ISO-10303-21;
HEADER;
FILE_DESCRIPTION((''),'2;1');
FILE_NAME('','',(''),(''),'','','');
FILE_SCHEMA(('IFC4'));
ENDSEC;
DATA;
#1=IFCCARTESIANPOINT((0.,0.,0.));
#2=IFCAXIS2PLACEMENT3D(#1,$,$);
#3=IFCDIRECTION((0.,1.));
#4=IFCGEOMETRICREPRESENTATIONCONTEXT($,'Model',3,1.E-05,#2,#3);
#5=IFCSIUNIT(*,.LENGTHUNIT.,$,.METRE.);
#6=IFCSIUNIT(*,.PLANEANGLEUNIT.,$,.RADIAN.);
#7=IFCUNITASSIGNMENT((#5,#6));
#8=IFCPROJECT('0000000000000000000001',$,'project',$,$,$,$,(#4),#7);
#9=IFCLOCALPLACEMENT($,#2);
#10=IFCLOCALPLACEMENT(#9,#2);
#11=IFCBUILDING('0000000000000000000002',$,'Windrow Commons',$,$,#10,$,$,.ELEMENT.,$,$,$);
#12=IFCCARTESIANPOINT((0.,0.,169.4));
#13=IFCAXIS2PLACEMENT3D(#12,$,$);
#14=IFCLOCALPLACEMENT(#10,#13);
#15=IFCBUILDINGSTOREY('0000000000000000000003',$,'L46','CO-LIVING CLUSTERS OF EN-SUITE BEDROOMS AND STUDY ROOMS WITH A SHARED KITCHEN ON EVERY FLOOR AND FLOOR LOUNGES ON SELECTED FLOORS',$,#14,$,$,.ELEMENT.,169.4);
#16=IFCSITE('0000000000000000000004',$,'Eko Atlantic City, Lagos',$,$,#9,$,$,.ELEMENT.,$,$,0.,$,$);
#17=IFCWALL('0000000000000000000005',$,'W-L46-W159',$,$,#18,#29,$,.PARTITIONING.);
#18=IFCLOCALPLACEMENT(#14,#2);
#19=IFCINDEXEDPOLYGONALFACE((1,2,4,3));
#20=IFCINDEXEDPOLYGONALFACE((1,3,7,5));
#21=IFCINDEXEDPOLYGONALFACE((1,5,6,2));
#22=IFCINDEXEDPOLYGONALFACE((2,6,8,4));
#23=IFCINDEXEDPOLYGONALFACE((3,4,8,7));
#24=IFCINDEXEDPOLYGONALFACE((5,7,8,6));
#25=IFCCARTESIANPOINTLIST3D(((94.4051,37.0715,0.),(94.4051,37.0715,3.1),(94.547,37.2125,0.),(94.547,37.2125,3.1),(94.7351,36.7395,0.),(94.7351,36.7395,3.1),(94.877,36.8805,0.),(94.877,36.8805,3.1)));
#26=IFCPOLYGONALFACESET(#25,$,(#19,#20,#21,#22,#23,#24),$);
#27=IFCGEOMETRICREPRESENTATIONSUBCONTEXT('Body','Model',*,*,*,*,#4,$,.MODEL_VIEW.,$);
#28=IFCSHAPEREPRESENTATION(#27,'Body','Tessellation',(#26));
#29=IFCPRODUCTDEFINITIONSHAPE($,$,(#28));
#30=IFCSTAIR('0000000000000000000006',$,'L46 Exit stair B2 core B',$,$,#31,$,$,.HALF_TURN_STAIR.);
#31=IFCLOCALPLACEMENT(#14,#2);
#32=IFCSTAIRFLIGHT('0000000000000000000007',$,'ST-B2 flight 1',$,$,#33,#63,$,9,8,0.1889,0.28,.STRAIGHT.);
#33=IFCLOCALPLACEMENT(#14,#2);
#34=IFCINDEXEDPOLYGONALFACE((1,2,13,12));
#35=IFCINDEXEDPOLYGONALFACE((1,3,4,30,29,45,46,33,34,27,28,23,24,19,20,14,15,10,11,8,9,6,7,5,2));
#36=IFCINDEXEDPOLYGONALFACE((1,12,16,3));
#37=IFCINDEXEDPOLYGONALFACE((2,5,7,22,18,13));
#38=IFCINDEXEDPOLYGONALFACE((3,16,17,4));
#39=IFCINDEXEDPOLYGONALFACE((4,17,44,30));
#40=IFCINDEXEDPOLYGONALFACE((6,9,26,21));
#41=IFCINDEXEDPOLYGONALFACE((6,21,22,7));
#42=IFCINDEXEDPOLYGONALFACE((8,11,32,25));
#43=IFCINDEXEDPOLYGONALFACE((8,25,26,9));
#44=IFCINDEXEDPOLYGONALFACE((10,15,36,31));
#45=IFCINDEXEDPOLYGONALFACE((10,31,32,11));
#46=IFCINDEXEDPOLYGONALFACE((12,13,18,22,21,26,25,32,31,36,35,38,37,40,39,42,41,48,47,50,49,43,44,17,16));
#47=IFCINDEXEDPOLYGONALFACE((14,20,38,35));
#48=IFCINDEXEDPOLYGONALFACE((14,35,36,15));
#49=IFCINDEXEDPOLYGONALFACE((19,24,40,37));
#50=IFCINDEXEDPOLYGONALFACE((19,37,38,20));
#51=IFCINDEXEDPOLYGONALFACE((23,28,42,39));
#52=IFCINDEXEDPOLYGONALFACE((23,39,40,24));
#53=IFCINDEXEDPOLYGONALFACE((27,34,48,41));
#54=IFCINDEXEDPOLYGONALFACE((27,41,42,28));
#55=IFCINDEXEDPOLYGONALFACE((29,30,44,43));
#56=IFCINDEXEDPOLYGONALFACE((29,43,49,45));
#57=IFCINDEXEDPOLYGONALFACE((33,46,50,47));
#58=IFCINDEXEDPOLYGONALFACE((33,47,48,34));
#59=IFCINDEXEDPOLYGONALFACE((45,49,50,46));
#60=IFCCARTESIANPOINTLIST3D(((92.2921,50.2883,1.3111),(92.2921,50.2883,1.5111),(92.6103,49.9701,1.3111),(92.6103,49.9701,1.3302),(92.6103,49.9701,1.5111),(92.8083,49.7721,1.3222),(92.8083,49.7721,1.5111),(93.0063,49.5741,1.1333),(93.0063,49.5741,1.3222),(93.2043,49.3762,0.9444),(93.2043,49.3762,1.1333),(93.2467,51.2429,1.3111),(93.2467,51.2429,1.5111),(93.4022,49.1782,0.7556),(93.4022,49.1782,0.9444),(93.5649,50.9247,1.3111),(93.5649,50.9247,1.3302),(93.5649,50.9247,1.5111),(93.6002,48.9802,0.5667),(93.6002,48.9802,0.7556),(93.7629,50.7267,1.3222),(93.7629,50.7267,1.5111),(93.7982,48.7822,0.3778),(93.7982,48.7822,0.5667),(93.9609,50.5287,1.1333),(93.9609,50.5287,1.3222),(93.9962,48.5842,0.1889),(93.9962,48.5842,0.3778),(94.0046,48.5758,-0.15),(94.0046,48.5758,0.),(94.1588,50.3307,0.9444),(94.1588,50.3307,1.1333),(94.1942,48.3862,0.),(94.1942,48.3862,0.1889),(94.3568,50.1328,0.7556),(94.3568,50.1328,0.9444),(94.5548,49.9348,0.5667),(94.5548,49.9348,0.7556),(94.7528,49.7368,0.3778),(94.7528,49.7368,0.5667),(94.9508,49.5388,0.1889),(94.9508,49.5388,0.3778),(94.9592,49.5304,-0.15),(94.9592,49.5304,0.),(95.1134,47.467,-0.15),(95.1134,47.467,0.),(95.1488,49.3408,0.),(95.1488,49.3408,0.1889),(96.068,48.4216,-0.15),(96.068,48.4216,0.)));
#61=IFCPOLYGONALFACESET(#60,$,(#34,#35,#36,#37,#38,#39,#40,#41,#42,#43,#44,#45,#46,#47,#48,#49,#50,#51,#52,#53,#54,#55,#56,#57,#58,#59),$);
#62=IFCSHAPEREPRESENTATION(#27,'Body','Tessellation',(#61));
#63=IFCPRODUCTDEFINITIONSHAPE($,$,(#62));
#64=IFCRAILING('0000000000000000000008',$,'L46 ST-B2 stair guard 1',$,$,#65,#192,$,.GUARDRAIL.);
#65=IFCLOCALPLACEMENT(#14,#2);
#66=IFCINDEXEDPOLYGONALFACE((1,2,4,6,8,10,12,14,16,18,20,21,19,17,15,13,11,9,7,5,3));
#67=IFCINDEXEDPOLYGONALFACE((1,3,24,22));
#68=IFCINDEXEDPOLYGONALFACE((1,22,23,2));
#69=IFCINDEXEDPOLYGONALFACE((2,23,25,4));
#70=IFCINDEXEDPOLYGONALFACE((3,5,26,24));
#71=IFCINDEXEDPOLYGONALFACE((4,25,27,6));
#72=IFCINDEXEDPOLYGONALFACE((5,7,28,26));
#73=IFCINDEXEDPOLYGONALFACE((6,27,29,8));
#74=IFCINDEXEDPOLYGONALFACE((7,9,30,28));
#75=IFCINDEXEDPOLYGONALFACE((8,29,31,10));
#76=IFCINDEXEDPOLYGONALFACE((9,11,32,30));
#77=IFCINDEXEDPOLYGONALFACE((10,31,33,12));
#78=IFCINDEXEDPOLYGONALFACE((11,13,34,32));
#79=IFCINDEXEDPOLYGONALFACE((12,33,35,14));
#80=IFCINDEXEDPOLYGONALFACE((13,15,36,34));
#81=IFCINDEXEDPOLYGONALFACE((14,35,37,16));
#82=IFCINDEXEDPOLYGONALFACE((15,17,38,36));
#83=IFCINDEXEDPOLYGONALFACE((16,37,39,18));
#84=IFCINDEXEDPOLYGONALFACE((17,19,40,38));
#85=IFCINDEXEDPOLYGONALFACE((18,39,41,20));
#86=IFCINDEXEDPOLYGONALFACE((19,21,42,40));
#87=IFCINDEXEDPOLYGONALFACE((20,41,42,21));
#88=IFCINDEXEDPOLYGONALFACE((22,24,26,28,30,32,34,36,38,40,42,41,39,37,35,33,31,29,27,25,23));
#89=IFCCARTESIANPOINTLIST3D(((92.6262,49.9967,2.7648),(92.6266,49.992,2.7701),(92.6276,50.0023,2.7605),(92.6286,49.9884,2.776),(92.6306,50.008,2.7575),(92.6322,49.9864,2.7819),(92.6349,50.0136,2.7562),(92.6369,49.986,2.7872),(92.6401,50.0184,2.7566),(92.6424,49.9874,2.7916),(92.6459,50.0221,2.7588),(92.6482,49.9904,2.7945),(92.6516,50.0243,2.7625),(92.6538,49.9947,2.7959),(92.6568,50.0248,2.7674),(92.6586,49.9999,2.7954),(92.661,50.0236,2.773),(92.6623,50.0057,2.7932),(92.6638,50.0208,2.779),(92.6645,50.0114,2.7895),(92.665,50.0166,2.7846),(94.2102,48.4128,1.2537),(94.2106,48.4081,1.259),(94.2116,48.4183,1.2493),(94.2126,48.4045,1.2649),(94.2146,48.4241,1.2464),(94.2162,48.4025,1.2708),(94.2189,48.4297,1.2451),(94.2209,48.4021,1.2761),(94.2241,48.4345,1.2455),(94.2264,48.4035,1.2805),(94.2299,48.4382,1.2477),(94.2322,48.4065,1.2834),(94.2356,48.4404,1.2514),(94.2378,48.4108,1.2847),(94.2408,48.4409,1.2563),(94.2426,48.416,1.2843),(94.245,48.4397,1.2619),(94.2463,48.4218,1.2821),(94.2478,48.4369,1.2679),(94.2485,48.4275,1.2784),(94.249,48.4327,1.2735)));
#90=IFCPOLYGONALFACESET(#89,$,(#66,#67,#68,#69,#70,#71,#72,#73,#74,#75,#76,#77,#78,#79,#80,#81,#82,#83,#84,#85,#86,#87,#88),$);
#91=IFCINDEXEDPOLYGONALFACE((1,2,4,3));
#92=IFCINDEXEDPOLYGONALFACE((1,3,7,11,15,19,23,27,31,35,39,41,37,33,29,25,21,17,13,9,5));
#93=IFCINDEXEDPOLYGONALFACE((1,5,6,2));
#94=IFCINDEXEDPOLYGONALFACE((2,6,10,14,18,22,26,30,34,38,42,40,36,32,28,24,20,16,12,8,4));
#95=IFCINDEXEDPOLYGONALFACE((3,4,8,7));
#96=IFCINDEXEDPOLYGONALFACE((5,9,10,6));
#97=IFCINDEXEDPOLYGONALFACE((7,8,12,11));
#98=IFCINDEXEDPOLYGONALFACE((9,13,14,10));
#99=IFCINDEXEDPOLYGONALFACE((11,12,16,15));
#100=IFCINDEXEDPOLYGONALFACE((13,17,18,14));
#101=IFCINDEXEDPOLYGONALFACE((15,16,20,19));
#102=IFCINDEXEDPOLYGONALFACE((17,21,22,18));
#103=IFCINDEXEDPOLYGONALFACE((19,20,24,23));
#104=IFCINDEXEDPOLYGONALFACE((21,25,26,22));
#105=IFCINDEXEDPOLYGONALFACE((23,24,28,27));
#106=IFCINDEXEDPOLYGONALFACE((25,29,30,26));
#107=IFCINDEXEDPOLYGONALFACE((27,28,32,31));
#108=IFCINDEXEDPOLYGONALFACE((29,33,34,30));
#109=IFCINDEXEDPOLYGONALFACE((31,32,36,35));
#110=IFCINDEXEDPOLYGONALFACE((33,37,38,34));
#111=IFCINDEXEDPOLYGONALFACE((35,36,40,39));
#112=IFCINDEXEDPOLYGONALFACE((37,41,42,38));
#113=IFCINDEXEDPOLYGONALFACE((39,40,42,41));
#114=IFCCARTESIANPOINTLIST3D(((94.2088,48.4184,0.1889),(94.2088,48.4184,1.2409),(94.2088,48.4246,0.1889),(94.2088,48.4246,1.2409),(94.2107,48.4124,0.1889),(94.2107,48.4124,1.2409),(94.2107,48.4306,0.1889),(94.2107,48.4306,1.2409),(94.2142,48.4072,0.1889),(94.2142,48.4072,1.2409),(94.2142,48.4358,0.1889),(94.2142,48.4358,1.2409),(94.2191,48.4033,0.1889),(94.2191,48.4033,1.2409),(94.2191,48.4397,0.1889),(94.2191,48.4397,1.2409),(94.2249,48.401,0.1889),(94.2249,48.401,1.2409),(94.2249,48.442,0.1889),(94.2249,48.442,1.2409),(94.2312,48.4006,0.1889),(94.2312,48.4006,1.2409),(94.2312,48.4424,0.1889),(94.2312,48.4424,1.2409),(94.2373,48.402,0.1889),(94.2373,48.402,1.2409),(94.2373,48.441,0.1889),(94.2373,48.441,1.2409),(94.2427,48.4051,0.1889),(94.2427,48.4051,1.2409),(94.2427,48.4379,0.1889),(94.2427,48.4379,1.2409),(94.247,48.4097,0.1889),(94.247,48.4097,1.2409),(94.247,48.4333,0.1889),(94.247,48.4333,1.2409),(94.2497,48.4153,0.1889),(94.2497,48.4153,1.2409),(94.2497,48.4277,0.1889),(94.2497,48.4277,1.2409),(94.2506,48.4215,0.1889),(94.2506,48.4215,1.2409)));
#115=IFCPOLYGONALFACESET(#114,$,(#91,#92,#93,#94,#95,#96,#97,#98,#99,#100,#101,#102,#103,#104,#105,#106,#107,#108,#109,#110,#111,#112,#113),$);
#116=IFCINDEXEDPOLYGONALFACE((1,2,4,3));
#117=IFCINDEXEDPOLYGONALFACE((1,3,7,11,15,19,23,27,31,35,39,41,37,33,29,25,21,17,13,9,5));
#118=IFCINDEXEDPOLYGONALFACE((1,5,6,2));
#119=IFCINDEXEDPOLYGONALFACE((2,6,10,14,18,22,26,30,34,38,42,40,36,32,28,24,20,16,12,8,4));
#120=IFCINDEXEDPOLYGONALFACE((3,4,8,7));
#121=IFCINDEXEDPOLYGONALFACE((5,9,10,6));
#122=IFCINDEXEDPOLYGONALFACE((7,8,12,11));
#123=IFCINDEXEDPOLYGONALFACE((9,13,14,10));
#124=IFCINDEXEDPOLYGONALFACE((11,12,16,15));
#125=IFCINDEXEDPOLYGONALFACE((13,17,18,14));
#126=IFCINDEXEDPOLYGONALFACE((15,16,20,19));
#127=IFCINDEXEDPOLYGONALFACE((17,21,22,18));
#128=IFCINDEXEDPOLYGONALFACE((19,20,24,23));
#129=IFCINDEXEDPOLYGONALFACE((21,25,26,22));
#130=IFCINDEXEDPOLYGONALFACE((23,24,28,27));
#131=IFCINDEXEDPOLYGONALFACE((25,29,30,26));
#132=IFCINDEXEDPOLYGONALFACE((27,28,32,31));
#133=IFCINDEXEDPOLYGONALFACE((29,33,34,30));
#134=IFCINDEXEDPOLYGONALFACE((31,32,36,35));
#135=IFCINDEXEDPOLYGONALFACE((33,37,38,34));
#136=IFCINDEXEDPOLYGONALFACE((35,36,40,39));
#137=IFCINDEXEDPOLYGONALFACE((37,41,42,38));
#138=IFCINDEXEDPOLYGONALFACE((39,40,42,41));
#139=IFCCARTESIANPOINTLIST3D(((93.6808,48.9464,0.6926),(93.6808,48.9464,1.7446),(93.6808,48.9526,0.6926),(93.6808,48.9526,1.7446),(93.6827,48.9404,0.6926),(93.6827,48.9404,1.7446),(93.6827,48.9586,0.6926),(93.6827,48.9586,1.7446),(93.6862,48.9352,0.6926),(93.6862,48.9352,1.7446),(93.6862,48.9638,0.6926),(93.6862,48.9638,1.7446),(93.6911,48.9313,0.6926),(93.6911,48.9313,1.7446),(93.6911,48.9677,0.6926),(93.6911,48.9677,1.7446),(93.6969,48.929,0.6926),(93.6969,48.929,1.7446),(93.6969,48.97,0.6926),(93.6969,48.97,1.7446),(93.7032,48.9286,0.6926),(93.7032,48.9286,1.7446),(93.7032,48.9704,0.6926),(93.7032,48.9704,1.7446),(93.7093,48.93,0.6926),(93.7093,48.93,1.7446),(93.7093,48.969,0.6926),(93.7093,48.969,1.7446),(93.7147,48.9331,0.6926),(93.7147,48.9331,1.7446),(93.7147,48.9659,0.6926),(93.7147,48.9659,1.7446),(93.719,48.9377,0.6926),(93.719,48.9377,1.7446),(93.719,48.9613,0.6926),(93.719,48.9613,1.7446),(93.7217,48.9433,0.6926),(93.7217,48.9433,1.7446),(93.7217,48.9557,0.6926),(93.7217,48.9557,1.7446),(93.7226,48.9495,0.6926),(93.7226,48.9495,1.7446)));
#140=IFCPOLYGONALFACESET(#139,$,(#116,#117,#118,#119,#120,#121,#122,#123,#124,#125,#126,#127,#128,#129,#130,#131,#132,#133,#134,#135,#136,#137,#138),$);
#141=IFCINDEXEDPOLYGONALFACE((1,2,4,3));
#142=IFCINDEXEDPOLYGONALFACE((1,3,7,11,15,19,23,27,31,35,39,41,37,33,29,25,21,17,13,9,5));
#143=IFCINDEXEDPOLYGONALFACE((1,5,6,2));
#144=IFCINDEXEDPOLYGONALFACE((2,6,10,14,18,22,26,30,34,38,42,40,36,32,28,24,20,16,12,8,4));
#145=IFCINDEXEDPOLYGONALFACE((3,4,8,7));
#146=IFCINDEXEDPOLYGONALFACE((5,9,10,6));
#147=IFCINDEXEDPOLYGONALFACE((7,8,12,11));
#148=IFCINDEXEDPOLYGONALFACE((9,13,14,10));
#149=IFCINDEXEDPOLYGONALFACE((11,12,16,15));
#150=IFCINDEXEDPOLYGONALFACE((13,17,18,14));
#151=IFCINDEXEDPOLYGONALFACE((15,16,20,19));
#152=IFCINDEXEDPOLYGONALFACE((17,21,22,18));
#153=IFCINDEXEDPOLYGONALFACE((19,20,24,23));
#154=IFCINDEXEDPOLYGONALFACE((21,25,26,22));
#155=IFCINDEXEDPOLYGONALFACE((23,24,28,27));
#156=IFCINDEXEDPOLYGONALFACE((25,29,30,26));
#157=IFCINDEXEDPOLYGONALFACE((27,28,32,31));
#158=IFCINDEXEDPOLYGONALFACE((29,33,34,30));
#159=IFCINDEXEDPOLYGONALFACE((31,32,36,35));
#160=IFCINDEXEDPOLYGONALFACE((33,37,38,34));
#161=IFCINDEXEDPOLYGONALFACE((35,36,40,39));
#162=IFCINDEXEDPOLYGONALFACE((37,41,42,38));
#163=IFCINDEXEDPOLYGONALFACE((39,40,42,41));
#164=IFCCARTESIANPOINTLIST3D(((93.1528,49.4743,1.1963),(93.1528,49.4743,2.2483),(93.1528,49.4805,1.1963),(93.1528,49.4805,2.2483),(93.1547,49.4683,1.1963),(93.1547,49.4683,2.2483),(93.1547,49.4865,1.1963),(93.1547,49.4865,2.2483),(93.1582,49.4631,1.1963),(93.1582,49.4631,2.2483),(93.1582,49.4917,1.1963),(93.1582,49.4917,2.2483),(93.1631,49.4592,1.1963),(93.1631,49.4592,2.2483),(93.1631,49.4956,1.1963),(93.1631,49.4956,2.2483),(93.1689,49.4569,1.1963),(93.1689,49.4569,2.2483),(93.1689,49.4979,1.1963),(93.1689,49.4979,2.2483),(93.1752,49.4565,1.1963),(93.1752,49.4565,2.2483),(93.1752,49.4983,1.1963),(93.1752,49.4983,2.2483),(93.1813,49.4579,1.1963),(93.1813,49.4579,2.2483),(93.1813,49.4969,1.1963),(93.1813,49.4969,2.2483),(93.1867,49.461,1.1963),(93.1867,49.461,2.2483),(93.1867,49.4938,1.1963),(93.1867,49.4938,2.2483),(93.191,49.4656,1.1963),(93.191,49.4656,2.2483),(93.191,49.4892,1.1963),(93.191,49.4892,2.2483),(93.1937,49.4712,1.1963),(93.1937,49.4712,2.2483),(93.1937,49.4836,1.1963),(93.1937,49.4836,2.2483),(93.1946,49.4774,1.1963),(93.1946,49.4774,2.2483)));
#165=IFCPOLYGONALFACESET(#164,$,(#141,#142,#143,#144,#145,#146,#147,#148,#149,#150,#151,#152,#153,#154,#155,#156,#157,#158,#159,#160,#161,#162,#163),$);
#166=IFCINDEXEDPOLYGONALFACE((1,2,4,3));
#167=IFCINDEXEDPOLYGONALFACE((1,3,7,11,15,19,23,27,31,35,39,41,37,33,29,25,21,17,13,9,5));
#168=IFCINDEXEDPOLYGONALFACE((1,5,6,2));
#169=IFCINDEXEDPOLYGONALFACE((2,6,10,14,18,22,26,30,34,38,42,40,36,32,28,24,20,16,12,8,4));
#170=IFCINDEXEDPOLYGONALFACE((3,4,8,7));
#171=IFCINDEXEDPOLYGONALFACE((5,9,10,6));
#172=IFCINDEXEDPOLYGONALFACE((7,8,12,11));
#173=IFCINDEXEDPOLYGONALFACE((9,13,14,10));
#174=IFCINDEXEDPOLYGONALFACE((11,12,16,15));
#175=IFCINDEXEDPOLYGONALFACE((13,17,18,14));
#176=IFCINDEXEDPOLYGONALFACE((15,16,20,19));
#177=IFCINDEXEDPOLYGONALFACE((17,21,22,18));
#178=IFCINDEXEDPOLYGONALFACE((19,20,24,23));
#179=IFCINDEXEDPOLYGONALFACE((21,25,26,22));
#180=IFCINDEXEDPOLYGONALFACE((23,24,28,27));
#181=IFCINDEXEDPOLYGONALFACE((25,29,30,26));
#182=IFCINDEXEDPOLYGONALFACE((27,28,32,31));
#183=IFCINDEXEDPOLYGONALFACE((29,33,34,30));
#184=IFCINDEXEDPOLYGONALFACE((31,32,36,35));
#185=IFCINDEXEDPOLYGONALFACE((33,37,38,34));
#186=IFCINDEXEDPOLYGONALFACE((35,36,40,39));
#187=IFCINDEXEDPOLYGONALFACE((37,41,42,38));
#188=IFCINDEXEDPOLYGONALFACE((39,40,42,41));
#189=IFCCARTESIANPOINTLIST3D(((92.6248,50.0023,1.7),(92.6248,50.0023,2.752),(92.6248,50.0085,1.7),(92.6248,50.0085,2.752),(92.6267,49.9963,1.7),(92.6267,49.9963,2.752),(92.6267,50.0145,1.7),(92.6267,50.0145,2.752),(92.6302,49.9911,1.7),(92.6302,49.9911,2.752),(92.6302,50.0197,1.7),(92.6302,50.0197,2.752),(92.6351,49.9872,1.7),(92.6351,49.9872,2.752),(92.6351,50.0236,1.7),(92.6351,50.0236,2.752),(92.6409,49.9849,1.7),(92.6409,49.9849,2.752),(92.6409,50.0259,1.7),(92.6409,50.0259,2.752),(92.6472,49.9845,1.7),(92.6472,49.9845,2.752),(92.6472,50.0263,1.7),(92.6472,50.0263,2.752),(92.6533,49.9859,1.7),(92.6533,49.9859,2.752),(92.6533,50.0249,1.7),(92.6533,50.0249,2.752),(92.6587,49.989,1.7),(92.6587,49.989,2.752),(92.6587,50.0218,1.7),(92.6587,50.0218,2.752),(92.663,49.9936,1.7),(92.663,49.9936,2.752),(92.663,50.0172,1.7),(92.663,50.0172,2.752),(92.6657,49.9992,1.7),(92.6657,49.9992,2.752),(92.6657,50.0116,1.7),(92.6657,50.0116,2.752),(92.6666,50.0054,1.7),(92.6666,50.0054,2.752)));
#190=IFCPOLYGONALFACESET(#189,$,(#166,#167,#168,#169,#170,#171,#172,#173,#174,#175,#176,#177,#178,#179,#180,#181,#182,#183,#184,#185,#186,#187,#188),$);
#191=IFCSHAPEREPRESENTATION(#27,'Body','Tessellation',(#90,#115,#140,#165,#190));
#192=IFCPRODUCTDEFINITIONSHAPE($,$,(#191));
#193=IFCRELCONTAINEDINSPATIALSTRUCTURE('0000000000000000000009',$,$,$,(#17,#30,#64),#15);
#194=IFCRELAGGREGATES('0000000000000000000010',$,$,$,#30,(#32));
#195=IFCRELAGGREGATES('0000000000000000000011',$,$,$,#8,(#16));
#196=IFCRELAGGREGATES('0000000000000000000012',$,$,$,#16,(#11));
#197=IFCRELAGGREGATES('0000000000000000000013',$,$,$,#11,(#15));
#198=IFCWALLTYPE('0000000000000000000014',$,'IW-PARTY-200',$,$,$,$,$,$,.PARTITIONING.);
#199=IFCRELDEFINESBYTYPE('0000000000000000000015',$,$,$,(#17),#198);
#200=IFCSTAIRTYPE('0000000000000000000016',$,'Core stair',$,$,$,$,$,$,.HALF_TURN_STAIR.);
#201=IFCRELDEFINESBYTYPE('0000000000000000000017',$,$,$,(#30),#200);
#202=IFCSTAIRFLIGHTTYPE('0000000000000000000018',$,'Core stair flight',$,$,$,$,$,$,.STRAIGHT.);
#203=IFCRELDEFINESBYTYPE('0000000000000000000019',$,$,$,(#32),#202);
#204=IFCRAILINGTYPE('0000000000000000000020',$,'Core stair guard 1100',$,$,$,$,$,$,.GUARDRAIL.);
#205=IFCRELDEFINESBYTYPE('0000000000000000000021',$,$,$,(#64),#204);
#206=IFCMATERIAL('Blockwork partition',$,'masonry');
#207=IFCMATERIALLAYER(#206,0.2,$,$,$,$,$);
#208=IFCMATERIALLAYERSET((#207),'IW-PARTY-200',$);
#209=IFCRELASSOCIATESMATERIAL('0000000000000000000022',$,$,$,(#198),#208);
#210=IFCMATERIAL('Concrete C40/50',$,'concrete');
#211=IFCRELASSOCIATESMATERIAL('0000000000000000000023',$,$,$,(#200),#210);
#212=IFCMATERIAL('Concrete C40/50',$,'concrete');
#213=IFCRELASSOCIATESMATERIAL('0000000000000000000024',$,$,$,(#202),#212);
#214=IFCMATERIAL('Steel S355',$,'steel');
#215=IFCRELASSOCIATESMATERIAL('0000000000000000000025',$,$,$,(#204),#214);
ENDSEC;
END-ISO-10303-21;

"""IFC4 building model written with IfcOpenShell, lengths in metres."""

from ifc_helpers import new_model, si_unit, direction, frame, frame_2d, origin, origin_2d, place, context, subcontext, project, spatial, polyline, rectangle, circle, outline, extrude, material, layer, layer_set, type_object, element, aggregate, save


model = new_model("IFC4")

# Units and contexts
model_context = context("Model", 3, precision=1e-05, world=origin(), true_north=direction((0.0, 1.0)))
body_context = subcontext(model_context, "Body", "Model", "MODEL_VIEW")
ifc_project = project(units=[si_unit("LENGTHUNIT", "METRE"), si_unit("PLANEANGLEUNIT", "RADIAN")], contexts=[model_context])

# Site, building, storey
site_placement = place(None, origin())
site = spatial("IfcSite", under=ifc_project, at=site_placement, Name="Eko Atlantic City, Lagos", CompositionType="ELEMENT", RefElevation=0.0)
building_placement = place(site_placement, origin())
building = spatial("IfcBuilding", under=site, at=building_placement, Name="Windrow Commons", CompositionType="ELEMENT")
storey_placement = place(building_placement, frame((0.0, 0.0, 169.4)))
storey = spatial("IfcBuildingStorey", under=building, at=storey_placement, Name="L46", Description="CO-LIVING CLUSTERS OF EN-SUITE BEDROOMS AND STUDY ROOMS WITH A SHARED KITCHEN ON EVERY FLOOR AND FLOOR LOUNGES ON SELECTED FLOORS", CompositionType="ELEMENT", Elevation=169.4)

# Wall
ifc_material_1 = material(Name="Blockwork partition", Category="masonry")
ifc_layer_1 = layer(ifc_material_1, 0.2)
ifc_layer_set_1 = layer_set([ifc_layer_1], Name="IW-PARTY-200")
wall_type_1 = type_object("IfcWallType", Name="IW-PARTY-200", PredefinedType="PARTITIONING", material=ifc_layer_set_1)
wall_1_placement = place(storey_placement, frame((94.476, 37.142, 0.0), z_axis=(0.0, 0.0, 1.0), x_axis=(0.704967, -0.70924, 0.0)))
element("IfcWall", 1, at=wall_1_placement, inside=storey, type_object=wall_type_1, Name="W-L46-W159", PredefinedType="PARTITIONING", context=body_context, shape_type="SweptSolid", body=[
    extrude(rectangle(XDim=0.4681, YDim=0.2, at=frame_2d((0.2341, 0.0))), origin(), (0.0, 0.0, 1.0), 3.1),
])

# Stair, stair flight
ifc_material_2 = material(Name="Concrete C40/50", Category="concrete")
stair_type = type_object("IfcStairType", Name="Core stair", PredefinedType="HALF_TURN_STAIR", material=ifc_material_2)
stair_placement = place(storey_placement, origin())
stair = element("IfcStair", 2, at=stair_placement, inside=storey, type_object=stair_type, Name="L46 Exit stair B2 core B", PredefinedType="HALF_TURN_STAIR")
ifc_material_3 = material(Name="Concrete C40/50", Category="concrete")
stair_flight_type = type_object("IfcStairFlightType", Name="Core stair flight", PredefinedType="STRAIGHT", material=ifc_material_3)
stair_flight_placement = place(storey_placement, frame((94.6715, 48.8635, 0.0), z_axis=(0.0, 0.0, 1.0), x_axis=(-0.707107, 0.707107, 0.0)))
stair_flight = element("IfcStairFlight", 3, at=stair_flight_placement, type_object=stair_flight_type, Name="ST-B2 flight 1", NumberOfRisers=9, NumberOfTreads=8, PredefinedType="STRAIGHT", RiserHeight=0.1889, TreadLength=0.28, context=body_context, shape_type="SweptSolid", body=[
    extrude(outline(polyline([(-1.3, -0.15), (-1.3, 0.0), (0.0, 0.0), (0.0, 0.1889), (0.28, 0.1889), (0.28, 0.3778), (0.56, 0.3778), (0.56, 0.5667), (0.84, 0.5667), (0.84, 0.7556), (1.12, 0.7556), (1.12, 0.9444), (1.4, 0.9444), (1.4, 1.1333), (1.68, 1.1333), (1.68, 1.3222), (1.96, 1.3222), (1.96, 1.5111), (2.24, 1.5111), (2.69, 1.5111), (2.69, 1.3111), (2.24, 1.3111), (2.24, 1.3302), (0.2682, 0.0), (0.2682, -0.15), (-1.3, -0.15)])), frame((0.0, 0.675, 0.0), z_axis=(0.0, -1.0, 0.0), x_axis=(1.0, 0.0, 0.0)), (0.0, 0.0, 1.0), 1.35),
])
aggregate(stair, [stair_flight])

# Railing
ifc_material_4 = material(Name="Steel S355", Category="steel")
railing_type = type_object("IfcRailingType", Name="Core stair guard 1100", PredefinedType="GUARDRAIL", material=ifc_material_4)
railing_placement = place(storey_placement, frame((94.2296, 48.4215, 0.1889)))
element("IfcRailing", 4, at=railing_placement, inside=storey, type_object=railing_type, Name="L46 ST-B2 stair guard 1", PredefinedType="GUARDRAIL", context=body_context, shape_type="SweptSolid", body=[
    extrude(circle(Radius=0.024, at=origin_2d()), frame((0.0, 0.0, 1.076), z_axis=(-0.586216, 0.586179, 0.559237), x_axis=(-0.707084, -0.707129, 0.0)), (0.0, 0.0, 1.0), 2.7021),
    extrude(circle(Radius=0.021, at=origin_2d()), origin(), (0.0, 0.0, 1.0), 1.052),
    extrude(circle(Radius=0.021, at=origin_2d()), frame((-0.528, 0.528, 0.5037)), (0.0, 0.0, 1.0), 1.052),
    extrude(circle(Radius=0.021, at=origin_2d()), frame((-1.056, 1.0559, 1.0074)), (0.0, 0.0, 1.0), 1.052),
    extrude(circle(Radius=0.021, at=origin_2d()), frame((-1.584, 1.5839, 1.5111)), (0.0, 0.0, 1.0), 1.052),
])

save(model, "model.ifc")
